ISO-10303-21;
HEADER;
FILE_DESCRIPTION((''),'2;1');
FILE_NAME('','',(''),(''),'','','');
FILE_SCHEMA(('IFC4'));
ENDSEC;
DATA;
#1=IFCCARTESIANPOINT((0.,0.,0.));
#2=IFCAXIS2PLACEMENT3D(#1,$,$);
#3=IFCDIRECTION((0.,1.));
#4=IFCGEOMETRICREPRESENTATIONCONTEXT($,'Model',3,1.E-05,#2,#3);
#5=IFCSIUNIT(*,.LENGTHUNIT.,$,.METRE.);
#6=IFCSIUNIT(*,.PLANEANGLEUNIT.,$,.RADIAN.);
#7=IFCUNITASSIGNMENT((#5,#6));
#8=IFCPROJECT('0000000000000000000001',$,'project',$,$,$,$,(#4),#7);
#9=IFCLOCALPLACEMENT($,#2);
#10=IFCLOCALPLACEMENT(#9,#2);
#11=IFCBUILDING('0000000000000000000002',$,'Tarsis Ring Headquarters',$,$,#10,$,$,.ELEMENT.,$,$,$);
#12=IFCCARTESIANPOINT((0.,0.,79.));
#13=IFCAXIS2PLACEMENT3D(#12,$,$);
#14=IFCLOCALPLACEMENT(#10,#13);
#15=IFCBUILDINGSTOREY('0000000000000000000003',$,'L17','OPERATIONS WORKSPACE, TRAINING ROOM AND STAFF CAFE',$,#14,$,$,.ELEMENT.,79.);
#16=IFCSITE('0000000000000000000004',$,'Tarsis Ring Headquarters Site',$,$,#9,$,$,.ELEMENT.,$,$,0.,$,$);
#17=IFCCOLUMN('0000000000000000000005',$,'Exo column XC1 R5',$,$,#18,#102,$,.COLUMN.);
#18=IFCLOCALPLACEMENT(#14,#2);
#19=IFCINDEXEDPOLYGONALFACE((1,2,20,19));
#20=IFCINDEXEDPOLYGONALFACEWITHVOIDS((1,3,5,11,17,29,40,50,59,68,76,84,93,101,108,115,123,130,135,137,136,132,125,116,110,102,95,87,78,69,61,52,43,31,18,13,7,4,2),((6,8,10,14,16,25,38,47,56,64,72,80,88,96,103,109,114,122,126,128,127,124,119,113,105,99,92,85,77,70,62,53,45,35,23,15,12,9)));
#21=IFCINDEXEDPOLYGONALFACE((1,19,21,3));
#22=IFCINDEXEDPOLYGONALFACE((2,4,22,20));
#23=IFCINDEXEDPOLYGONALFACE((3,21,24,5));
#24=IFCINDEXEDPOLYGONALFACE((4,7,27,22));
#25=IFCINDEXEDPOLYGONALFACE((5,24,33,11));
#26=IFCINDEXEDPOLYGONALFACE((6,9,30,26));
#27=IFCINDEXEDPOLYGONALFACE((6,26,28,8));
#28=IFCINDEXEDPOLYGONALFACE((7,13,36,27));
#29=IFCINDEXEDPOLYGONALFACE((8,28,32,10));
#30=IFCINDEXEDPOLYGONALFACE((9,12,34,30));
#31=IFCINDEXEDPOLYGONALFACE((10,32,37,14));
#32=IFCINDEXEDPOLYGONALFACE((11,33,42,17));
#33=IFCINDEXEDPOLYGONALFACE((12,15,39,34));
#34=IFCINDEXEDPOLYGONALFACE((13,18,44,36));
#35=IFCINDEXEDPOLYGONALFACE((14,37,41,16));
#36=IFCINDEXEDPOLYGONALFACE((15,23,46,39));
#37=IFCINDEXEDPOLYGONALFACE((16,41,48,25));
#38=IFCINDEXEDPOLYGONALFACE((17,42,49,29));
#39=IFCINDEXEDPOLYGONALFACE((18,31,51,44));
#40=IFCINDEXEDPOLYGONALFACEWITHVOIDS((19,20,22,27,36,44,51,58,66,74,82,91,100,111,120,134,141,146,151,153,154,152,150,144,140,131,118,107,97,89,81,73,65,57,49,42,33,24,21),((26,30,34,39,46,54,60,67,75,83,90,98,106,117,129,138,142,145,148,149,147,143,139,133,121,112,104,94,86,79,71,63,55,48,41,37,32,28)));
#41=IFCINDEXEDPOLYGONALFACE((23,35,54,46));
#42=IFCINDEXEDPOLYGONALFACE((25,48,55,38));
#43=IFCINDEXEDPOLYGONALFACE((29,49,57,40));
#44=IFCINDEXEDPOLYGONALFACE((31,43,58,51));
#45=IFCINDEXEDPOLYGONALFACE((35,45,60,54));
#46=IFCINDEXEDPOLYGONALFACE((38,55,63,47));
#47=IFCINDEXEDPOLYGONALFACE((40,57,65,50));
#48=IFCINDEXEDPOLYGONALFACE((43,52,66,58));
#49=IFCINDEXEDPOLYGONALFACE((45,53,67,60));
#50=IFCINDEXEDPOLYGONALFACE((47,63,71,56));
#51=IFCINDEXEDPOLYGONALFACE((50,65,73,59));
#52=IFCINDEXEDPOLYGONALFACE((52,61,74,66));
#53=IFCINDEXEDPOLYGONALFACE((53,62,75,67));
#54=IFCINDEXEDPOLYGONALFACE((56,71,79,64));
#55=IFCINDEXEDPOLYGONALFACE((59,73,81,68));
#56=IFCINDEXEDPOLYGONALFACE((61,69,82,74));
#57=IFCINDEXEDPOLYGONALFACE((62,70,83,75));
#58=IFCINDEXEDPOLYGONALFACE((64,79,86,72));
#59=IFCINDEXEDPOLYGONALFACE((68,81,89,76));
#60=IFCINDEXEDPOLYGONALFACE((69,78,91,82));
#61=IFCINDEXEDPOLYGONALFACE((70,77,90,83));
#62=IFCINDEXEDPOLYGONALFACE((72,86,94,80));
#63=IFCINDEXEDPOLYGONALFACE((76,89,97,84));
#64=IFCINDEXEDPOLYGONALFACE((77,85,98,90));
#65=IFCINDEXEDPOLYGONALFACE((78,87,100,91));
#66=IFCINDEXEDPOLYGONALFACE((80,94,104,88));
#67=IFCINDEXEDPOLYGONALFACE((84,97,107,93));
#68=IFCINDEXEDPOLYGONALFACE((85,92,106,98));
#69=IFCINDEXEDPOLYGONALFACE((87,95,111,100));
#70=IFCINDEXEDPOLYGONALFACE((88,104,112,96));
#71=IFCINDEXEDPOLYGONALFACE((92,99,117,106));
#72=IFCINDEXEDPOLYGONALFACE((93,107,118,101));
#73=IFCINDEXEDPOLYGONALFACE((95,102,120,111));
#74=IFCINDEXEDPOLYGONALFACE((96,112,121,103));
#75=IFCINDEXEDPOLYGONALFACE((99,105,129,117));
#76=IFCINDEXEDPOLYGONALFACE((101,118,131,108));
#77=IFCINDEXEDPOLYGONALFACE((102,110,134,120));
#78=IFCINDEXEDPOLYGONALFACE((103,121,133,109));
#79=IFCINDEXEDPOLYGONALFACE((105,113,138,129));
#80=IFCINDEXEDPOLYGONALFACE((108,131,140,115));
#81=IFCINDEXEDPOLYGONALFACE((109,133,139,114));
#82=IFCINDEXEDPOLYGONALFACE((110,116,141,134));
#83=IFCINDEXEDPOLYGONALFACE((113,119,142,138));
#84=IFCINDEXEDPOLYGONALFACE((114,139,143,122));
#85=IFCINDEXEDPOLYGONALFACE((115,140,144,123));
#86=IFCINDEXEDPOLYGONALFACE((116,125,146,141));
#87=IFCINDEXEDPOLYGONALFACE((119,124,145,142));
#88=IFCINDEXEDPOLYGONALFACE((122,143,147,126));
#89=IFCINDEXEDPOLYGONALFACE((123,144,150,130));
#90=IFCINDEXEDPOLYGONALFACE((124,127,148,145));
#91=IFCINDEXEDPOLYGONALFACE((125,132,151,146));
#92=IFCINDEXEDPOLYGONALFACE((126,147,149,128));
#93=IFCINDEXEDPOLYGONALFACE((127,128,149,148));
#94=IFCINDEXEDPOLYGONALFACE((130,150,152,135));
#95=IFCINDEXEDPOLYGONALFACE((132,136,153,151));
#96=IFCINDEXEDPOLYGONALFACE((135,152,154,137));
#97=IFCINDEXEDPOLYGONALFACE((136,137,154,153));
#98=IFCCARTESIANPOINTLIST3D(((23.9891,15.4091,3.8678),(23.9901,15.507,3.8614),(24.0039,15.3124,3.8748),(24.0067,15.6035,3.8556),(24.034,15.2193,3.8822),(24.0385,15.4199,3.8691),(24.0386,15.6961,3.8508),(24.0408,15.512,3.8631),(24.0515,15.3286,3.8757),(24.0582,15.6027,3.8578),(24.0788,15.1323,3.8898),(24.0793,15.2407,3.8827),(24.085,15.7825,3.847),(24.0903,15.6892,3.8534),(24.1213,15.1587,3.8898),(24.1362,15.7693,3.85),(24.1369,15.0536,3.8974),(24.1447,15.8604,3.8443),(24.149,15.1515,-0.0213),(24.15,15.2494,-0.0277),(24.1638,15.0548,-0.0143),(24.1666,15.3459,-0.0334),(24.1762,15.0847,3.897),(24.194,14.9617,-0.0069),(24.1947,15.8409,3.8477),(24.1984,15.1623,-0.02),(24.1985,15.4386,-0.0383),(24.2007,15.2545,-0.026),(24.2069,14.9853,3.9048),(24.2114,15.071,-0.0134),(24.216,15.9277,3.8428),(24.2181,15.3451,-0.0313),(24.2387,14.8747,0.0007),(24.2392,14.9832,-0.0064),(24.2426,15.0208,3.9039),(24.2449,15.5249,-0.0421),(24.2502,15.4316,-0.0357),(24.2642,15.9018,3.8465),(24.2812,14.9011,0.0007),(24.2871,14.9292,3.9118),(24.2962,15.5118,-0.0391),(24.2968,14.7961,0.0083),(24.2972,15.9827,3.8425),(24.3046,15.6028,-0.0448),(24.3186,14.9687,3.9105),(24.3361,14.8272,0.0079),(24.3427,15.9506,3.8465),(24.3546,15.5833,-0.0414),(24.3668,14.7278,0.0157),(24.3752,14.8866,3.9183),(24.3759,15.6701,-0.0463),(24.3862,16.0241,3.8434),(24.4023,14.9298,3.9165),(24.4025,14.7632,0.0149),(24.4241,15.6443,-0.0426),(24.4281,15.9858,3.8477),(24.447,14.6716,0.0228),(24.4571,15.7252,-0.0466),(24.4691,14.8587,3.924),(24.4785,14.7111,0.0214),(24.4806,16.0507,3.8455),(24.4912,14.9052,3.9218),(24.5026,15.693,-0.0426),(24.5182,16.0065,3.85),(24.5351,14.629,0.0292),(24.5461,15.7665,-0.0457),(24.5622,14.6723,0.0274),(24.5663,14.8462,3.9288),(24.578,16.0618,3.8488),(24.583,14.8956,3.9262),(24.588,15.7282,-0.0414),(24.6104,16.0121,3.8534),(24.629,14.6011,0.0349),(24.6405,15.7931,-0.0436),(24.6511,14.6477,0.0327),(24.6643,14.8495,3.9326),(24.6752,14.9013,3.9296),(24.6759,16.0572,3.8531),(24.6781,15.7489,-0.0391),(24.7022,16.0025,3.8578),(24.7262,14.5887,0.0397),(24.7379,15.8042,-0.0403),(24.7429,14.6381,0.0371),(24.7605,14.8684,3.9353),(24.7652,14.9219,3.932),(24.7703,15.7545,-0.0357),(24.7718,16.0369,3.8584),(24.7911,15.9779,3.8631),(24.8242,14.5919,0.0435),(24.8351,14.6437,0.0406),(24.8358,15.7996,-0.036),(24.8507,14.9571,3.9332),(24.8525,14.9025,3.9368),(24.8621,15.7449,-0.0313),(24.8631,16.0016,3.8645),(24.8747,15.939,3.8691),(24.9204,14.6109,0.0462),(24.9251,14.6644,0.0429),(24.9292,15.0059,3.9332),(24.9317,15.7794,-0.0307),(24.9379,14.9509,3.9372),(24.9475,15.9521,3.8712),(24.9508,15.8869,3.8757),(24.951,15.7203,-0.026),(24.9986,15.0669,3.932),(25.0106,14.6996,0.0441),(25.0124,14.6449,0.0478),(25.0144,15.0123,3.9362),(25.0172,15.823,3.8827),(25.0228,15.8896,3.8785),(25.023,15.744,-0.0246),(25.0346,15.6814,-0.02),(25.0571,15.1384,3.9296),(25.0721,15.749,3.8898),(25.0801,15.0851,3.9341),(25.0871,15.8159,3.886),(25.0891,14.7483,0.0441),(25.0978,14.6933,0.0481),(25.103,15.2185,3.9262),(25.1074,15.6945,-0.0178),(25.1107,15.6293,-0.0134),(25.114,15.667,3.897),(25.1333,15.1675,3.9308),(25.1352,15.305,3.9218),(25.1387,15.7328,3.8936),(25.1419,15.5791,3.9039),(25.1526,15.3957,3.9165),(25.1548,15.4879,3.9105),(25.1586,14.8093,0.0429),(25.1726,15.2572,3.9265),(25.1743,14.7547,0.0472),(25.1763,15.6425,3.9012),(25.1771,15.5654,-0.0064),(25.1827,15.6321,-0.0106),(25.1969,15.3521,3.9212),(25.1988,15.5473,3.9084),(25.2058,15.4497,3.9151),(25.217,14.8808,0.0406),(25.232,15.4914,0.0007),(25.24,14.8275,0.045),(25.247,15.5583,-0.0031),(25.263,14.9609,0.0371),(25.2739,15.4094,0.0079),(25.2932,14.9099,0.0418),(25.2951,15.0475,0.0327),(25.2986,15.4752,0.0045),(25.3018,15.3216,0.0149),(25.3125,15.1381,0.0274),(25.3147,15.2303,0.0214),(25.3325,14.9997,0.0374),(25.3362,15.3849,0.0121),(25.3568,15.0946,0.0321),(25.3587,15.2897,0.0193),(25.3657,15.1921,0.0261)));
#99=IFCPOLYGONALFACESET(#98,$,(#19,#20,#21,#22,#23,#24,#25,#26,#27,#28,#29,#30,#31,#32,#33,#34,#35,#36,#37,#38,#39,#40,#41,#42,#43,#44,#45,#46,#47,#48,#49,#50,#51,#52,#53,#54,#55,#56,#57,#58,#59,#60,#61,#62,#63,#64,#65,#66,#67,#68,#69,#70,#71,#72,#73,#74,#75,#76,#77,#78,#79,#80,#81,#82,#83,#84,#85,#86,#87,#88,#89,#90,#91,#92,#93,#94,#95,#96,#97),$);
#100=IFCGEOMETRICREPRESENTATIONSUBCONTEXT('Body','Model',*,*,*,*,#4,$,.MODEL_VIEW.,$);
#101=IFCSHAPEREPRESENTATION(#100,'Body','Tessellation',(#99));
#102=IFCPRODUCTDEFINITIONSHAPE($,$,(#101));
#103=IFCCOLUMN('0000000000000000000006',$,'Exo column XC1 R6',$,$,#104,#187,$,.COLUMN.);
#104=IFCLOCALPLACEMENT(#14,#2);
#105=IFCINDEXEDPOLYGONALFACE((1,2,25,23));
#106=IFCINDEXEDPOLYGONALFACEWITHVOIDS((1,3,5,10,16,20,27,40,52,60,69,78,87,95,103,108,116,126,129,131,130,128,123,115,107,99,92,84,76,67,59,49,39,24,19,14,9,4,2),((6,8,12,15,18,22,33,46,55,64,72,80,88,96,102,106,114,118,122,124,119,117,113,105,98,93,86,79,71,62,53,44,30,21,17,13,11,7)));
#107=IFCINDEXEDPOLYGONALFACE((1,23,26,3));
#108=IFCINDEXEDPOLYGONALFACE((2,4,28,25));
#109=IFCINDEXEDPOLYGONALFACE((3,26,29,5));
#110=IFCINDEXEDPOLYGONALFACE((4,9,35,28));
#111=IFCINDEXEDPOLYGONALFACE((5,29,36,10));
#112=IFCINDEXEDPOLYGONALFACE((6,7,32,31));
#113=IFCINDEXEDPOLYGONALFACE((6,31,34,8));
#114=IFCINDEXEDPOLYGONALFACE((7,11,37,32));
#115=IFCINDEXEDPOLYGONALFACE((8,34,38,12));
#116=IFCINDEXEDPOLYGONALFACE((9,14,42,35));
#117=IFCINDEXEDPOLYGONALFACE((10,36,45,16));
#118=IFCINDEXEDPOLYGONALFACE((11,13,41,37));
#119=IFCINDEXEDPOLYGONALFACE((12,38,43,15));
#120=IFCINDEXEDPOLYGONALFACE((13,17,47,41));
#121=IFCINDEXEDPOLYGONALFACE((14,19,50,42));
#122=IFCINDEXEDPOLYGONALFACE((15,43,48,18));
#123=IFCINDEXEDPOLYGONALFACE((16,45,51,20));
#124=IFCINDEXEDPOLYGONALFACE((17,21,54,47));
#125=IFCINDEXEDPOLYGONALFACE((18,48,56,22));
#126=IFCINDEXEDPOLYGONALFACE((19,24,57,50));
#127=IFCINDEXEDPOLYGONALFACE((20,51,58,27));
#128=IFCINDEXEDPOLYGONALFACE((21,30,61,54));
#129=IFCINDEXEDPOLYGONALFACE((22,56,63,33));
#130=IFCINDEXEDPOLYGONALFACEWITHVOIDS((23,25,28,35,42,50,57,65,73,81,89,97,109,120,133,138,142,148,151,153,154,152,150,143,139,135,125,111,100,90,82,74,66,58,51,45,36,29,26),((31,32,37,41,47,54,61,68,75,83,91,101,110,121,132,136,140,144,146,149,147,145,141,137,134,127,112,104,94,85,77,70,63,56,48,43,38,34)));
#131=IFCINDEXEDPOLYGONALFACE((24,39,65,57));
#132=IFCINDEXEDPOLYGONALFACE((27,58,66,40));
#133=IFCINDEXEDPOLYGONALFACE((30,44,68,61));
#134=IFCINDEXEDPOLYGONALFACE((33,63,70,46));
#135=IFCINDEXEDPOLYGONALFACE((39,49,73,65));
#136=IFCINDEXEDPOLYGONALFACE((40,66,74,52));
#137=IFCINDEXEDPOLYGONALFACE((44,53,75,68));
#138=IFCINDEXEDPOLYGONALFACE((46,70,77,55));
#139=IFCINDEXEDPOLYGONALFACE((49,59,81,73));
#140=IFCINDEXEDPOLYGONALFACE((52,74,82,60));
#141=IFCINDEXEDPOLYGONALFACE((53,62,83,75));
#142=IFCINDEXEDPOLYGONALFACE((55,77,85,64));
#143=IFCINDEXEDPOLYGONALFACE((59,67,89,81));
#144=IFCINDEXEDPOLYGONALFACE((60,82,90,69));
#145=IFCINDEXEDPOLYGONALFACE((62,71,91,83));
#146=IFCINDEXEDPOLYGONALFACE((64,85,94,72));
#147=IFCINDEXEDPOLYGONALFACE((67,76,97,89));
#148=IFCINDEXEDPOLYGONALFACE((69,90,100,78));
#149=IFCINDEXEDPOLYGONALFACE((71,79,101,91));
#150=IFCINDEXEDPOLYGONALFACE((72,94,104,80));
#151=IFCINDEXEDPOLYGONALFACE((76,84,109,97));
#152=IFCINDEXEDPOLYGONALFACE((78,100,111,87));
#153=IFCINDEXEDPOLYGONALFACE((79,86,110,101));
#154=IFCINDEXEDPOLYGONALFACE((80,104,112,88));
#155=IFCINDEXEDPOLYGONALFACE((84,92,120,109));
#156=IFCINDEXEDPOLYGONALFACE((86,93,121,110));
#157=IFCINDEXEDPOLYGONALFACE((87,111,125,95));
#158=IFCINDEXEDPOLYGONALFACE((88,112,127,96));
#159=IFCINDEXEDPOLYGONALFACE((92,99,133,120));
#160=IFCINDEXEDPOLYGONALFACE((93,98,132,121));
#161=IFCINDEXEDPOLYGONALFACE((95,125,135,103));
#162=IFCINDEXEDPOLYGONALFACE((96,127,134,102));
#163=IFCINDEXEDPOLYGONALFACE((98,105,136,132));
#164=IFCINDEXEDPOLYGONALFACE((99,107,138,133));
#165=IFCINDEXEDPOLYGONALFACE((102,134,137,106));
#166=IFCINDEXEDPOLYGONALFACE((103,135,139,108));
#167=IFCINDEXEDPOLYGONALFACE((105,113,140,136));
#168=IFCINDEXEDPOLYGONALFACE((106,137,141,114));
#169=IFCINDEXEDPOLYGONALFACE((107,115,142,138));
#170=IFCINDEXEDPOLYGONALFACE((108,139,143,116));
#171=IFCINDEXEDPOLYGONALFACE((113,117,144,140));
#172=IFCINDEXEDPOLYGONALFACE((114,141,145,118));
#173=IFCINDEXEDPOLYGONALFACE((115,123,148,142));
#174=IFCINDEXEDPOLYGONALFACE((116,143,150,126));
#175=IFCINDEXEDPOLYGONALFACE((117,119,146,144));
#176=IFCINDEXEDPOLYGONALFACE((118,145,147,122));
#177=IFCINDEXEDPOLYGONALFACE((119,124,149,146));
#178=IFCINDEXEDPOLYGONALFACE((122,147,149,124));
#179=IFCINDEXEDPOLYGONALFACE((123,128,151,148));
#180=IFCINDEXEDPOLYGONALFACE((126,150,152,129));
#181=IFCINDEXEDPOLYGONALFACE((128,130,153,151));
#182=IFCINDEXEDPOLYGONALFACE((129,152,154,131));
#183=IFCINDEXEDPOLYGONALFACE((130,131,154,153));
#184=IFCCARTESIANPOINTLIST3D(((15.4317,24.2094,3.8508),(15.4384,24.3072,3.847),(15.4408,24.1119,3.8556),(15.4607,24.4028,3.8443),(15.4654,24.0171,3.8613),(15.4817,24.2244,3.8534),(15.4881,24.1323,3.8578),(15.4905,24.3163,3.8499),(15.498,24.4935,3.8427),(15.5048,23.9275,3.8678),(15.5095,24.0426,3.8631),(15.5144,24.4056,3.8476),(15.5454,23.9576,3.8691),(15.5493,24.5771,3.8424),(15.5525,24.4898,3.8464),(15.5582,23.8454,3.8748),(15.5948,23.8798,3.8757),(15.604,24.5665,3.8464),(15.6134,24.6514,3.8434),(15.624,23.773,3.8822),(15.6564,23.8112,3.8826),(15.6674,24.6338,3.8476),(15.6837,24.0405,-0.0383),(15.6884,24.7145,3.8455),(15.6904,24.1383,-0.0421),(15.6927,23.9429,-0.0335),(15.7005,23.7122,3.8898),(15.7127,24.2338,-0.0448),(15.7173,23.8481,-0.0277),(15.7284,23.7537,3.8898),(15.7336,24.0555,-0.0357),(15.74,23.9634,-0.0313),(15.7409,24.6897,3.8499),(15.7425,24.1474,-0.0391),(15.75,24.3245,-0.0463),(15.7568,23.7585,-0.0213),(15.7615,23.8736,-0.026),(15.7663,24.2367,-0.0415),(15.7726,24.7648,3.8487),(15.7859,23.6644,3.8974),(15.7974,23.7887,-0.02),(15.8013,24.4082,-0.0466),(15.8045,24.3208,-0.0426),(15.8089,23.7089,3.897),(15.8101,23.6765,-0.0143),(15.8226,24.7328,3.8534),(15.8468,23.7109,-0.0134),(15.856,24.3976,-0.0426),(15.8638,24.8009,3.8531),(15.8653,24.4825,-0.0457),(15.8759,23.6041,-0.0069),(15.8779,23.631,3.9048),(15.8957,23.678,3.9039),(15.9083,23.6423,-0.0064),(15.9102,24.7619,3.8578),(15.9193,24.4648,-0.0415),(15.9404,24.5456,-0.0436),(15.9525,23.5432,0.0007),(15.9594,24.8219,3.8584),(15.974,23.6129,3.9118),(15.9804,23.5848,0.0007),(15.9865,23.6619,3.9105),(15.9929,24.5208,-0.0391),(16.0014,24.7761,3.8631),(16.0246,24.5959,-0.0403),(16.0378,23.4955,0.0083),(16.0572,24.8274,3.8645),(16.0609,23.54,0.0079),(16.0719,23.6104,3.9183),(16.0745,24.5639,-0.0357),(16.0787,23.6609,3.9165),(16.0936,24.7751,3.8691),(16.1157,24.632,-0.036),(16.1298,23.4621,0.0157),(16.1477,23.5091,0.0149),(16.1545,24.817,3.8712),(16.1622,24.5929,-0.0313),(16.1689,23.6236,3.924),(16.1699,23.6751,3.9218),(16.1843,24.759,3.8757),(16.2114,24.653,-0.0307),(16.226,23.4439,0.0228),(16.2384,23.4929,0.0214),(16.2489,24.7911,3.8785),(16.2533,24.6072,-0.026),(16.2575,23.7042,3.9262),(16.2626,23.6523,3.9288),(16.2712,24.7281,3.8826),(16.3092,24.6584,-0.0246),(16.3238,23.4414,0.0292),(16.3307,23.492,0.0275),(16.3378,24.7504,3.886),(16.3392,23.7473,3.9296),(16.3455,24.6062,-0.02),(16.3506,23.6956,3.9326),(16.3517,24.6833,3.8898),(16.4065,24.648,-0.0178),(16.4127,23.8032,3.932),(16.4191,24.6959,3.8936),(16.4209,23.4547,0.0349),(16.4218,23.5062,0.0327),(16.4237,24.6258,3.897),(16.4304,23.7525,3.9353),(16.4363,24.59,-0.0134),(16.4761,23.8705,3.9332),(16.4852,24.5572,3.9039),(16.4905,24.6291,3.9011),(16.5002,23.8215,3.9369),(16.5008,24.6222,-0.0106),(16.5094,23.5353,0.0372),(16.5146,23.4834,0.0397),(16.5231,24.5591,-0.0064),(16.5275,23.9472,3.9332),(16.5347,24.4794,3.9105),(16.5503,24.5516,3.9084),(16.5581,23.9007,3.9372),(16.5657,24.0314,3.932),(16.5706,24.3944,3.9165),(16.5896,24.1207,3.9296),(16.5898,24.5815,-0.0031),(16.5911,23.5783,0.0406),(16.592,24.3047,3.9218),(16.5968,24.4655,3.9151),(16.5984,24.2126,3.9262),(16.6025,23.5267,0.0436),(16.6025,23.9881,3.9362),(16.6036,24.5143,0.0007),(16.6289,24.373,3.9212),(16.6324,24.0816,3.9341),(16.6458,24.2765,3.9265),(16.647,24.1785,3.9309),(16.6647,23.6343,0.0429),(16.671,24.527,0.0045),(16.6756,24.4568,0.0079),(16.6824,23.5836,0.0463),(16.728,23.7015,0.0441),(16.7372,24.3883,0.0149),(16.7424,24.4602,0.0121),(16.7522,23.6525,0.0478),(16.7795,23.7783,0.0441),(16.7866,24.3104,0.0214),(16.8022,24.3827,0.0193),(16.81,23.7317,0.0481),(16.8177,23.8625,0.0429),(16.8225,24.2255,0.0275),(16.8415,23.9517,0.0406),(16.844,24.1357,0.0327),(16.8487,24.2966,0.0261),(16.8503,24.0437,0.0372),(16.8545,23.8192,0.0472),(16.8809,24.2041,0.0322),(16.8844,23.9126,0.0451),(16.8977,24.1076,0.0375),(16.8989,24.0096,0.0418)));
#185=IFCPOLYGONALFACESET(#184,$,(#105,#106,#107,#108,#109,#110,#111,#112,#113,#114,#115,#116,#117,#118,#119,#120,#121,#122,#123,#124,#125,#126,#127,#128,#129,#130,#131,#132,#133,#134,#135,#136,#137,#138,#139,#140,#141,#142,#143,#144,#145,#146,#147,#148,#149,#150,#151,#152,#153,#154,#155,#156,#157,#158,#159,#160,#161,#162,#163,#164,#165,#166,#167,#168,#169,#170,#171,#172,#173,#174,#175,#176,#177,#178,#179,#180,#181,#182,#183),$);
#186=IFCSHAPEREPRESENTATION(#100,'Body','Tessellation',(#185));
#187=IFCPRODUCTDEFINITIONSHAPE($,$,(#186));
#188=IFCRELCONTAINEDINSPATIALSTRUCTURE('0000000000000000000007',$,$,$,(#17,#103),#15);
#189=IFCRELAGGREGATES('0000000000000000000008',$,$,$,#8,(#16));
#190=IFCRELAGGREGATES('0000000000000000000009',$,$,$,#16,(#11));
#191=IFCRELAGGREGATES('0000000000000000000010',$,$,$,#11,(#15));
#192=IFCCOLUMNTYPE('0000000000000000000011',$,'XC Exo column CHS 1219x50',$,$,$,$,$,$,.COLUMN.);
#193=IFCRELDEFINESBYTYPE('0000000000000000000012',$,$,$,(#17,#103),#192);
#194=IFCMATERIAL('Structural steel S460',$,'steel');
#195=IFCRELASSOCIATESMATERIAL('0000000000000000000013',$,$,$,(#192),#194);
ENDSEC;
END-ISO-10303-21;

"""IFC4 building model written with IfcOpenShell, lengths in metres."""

from ifc_helpers import new_model, si_unit, direction, frame, origin, origin_2d, place, context, subcontext, project, spatial, hollow_circle, extrude, material, material_profile, profile_set, type_object, element, save


model = new_model("IFC4")

# Units and contexts
model_context = context("Model", 3, precision=1e-05, world=origin(), true_north=direction((0.0, 1.0)))
body_context = subcontext(model_context, "Body", "Model", "MODEL_VIEW")
ifc_project = project(units=[si_unit("LENGTHUNIT", "METRE"), si_unit("PLANEANGLEUNIT", "RADIAN")], contexts=[model_context])

# Site, building, storey
site_placement = place(None, origin())
site = spatial("IfcSite", under=ifc_project, at=site_placement, Name="Tarsis Ring Headquarters Site", CompositionType="ELEMENT", RefElevation=0.0)
building_placement = place(site_placement, origin())
building = spatial("IfcBuilding", under=site, at=building_placement, Name="Tarsis Ring Headquarters", CompositionType="ELEMENT")
storey_placement = place(building_placement, frame((0.0, 0.0, 79.0)))
storey = spatial("IfcBuildingStorey", under=building, at=storey_placement, Name="L17", Description="OPERATIONS WORKSPACE, TRAINING ROOM AND STAFF CAFE", CompositionType="ELEMENT", Elevation=79.0)

# Columns
ifc_material_1 = material(Name="Structural steel S460", Category="steel")
ifc_material_profile_1 = material_profile(ifc_material_1, hollow_circle(Radius=0.6096, WallThickness=0.05, at=origin_2d()), Name="CHS 1219x50")
ifc_profile_set_1 = profile_set([ifc_material_profile_1], Name="Structural steel S460")
column_type = type_object("IfcColumnType", Name="XC Exo column CHS 1219x50", PredefinedType="COLUMN", material=ifc_profile_set_1)
for number, where, z_axis, x_axis, name in (
    (1, (24.7566, 15.1963, 0.0007), (-0.040993, 0.066027, 0.996975), (-0.849578, -0.527463, 0.0), "Exo column XC1 R5"),
    (2, (16.292, 24.0496, 0.0007), (-0.064587, 0.043309, 0.996972), (-0.556927, -0.830562, 0.0), "Exo column XC1 R6"),
):
    element("IfcColumn", number, at=place(storey_placement, frame(where, z_axis=z_axis, x_axis=x_axis)), inside=storey, type_object=column_type, Name=name, PredefinedType="COLUMN", context=body_context, shape_type="SweptSolid", body=[
        extrude(hollow_circle(Radius=0.6096, WallThickness=0.05, at=origin_2d()), origin(), (0.0, 0.0, 1.0), 3.9009),
    ])

save(model, "model.ifc")
